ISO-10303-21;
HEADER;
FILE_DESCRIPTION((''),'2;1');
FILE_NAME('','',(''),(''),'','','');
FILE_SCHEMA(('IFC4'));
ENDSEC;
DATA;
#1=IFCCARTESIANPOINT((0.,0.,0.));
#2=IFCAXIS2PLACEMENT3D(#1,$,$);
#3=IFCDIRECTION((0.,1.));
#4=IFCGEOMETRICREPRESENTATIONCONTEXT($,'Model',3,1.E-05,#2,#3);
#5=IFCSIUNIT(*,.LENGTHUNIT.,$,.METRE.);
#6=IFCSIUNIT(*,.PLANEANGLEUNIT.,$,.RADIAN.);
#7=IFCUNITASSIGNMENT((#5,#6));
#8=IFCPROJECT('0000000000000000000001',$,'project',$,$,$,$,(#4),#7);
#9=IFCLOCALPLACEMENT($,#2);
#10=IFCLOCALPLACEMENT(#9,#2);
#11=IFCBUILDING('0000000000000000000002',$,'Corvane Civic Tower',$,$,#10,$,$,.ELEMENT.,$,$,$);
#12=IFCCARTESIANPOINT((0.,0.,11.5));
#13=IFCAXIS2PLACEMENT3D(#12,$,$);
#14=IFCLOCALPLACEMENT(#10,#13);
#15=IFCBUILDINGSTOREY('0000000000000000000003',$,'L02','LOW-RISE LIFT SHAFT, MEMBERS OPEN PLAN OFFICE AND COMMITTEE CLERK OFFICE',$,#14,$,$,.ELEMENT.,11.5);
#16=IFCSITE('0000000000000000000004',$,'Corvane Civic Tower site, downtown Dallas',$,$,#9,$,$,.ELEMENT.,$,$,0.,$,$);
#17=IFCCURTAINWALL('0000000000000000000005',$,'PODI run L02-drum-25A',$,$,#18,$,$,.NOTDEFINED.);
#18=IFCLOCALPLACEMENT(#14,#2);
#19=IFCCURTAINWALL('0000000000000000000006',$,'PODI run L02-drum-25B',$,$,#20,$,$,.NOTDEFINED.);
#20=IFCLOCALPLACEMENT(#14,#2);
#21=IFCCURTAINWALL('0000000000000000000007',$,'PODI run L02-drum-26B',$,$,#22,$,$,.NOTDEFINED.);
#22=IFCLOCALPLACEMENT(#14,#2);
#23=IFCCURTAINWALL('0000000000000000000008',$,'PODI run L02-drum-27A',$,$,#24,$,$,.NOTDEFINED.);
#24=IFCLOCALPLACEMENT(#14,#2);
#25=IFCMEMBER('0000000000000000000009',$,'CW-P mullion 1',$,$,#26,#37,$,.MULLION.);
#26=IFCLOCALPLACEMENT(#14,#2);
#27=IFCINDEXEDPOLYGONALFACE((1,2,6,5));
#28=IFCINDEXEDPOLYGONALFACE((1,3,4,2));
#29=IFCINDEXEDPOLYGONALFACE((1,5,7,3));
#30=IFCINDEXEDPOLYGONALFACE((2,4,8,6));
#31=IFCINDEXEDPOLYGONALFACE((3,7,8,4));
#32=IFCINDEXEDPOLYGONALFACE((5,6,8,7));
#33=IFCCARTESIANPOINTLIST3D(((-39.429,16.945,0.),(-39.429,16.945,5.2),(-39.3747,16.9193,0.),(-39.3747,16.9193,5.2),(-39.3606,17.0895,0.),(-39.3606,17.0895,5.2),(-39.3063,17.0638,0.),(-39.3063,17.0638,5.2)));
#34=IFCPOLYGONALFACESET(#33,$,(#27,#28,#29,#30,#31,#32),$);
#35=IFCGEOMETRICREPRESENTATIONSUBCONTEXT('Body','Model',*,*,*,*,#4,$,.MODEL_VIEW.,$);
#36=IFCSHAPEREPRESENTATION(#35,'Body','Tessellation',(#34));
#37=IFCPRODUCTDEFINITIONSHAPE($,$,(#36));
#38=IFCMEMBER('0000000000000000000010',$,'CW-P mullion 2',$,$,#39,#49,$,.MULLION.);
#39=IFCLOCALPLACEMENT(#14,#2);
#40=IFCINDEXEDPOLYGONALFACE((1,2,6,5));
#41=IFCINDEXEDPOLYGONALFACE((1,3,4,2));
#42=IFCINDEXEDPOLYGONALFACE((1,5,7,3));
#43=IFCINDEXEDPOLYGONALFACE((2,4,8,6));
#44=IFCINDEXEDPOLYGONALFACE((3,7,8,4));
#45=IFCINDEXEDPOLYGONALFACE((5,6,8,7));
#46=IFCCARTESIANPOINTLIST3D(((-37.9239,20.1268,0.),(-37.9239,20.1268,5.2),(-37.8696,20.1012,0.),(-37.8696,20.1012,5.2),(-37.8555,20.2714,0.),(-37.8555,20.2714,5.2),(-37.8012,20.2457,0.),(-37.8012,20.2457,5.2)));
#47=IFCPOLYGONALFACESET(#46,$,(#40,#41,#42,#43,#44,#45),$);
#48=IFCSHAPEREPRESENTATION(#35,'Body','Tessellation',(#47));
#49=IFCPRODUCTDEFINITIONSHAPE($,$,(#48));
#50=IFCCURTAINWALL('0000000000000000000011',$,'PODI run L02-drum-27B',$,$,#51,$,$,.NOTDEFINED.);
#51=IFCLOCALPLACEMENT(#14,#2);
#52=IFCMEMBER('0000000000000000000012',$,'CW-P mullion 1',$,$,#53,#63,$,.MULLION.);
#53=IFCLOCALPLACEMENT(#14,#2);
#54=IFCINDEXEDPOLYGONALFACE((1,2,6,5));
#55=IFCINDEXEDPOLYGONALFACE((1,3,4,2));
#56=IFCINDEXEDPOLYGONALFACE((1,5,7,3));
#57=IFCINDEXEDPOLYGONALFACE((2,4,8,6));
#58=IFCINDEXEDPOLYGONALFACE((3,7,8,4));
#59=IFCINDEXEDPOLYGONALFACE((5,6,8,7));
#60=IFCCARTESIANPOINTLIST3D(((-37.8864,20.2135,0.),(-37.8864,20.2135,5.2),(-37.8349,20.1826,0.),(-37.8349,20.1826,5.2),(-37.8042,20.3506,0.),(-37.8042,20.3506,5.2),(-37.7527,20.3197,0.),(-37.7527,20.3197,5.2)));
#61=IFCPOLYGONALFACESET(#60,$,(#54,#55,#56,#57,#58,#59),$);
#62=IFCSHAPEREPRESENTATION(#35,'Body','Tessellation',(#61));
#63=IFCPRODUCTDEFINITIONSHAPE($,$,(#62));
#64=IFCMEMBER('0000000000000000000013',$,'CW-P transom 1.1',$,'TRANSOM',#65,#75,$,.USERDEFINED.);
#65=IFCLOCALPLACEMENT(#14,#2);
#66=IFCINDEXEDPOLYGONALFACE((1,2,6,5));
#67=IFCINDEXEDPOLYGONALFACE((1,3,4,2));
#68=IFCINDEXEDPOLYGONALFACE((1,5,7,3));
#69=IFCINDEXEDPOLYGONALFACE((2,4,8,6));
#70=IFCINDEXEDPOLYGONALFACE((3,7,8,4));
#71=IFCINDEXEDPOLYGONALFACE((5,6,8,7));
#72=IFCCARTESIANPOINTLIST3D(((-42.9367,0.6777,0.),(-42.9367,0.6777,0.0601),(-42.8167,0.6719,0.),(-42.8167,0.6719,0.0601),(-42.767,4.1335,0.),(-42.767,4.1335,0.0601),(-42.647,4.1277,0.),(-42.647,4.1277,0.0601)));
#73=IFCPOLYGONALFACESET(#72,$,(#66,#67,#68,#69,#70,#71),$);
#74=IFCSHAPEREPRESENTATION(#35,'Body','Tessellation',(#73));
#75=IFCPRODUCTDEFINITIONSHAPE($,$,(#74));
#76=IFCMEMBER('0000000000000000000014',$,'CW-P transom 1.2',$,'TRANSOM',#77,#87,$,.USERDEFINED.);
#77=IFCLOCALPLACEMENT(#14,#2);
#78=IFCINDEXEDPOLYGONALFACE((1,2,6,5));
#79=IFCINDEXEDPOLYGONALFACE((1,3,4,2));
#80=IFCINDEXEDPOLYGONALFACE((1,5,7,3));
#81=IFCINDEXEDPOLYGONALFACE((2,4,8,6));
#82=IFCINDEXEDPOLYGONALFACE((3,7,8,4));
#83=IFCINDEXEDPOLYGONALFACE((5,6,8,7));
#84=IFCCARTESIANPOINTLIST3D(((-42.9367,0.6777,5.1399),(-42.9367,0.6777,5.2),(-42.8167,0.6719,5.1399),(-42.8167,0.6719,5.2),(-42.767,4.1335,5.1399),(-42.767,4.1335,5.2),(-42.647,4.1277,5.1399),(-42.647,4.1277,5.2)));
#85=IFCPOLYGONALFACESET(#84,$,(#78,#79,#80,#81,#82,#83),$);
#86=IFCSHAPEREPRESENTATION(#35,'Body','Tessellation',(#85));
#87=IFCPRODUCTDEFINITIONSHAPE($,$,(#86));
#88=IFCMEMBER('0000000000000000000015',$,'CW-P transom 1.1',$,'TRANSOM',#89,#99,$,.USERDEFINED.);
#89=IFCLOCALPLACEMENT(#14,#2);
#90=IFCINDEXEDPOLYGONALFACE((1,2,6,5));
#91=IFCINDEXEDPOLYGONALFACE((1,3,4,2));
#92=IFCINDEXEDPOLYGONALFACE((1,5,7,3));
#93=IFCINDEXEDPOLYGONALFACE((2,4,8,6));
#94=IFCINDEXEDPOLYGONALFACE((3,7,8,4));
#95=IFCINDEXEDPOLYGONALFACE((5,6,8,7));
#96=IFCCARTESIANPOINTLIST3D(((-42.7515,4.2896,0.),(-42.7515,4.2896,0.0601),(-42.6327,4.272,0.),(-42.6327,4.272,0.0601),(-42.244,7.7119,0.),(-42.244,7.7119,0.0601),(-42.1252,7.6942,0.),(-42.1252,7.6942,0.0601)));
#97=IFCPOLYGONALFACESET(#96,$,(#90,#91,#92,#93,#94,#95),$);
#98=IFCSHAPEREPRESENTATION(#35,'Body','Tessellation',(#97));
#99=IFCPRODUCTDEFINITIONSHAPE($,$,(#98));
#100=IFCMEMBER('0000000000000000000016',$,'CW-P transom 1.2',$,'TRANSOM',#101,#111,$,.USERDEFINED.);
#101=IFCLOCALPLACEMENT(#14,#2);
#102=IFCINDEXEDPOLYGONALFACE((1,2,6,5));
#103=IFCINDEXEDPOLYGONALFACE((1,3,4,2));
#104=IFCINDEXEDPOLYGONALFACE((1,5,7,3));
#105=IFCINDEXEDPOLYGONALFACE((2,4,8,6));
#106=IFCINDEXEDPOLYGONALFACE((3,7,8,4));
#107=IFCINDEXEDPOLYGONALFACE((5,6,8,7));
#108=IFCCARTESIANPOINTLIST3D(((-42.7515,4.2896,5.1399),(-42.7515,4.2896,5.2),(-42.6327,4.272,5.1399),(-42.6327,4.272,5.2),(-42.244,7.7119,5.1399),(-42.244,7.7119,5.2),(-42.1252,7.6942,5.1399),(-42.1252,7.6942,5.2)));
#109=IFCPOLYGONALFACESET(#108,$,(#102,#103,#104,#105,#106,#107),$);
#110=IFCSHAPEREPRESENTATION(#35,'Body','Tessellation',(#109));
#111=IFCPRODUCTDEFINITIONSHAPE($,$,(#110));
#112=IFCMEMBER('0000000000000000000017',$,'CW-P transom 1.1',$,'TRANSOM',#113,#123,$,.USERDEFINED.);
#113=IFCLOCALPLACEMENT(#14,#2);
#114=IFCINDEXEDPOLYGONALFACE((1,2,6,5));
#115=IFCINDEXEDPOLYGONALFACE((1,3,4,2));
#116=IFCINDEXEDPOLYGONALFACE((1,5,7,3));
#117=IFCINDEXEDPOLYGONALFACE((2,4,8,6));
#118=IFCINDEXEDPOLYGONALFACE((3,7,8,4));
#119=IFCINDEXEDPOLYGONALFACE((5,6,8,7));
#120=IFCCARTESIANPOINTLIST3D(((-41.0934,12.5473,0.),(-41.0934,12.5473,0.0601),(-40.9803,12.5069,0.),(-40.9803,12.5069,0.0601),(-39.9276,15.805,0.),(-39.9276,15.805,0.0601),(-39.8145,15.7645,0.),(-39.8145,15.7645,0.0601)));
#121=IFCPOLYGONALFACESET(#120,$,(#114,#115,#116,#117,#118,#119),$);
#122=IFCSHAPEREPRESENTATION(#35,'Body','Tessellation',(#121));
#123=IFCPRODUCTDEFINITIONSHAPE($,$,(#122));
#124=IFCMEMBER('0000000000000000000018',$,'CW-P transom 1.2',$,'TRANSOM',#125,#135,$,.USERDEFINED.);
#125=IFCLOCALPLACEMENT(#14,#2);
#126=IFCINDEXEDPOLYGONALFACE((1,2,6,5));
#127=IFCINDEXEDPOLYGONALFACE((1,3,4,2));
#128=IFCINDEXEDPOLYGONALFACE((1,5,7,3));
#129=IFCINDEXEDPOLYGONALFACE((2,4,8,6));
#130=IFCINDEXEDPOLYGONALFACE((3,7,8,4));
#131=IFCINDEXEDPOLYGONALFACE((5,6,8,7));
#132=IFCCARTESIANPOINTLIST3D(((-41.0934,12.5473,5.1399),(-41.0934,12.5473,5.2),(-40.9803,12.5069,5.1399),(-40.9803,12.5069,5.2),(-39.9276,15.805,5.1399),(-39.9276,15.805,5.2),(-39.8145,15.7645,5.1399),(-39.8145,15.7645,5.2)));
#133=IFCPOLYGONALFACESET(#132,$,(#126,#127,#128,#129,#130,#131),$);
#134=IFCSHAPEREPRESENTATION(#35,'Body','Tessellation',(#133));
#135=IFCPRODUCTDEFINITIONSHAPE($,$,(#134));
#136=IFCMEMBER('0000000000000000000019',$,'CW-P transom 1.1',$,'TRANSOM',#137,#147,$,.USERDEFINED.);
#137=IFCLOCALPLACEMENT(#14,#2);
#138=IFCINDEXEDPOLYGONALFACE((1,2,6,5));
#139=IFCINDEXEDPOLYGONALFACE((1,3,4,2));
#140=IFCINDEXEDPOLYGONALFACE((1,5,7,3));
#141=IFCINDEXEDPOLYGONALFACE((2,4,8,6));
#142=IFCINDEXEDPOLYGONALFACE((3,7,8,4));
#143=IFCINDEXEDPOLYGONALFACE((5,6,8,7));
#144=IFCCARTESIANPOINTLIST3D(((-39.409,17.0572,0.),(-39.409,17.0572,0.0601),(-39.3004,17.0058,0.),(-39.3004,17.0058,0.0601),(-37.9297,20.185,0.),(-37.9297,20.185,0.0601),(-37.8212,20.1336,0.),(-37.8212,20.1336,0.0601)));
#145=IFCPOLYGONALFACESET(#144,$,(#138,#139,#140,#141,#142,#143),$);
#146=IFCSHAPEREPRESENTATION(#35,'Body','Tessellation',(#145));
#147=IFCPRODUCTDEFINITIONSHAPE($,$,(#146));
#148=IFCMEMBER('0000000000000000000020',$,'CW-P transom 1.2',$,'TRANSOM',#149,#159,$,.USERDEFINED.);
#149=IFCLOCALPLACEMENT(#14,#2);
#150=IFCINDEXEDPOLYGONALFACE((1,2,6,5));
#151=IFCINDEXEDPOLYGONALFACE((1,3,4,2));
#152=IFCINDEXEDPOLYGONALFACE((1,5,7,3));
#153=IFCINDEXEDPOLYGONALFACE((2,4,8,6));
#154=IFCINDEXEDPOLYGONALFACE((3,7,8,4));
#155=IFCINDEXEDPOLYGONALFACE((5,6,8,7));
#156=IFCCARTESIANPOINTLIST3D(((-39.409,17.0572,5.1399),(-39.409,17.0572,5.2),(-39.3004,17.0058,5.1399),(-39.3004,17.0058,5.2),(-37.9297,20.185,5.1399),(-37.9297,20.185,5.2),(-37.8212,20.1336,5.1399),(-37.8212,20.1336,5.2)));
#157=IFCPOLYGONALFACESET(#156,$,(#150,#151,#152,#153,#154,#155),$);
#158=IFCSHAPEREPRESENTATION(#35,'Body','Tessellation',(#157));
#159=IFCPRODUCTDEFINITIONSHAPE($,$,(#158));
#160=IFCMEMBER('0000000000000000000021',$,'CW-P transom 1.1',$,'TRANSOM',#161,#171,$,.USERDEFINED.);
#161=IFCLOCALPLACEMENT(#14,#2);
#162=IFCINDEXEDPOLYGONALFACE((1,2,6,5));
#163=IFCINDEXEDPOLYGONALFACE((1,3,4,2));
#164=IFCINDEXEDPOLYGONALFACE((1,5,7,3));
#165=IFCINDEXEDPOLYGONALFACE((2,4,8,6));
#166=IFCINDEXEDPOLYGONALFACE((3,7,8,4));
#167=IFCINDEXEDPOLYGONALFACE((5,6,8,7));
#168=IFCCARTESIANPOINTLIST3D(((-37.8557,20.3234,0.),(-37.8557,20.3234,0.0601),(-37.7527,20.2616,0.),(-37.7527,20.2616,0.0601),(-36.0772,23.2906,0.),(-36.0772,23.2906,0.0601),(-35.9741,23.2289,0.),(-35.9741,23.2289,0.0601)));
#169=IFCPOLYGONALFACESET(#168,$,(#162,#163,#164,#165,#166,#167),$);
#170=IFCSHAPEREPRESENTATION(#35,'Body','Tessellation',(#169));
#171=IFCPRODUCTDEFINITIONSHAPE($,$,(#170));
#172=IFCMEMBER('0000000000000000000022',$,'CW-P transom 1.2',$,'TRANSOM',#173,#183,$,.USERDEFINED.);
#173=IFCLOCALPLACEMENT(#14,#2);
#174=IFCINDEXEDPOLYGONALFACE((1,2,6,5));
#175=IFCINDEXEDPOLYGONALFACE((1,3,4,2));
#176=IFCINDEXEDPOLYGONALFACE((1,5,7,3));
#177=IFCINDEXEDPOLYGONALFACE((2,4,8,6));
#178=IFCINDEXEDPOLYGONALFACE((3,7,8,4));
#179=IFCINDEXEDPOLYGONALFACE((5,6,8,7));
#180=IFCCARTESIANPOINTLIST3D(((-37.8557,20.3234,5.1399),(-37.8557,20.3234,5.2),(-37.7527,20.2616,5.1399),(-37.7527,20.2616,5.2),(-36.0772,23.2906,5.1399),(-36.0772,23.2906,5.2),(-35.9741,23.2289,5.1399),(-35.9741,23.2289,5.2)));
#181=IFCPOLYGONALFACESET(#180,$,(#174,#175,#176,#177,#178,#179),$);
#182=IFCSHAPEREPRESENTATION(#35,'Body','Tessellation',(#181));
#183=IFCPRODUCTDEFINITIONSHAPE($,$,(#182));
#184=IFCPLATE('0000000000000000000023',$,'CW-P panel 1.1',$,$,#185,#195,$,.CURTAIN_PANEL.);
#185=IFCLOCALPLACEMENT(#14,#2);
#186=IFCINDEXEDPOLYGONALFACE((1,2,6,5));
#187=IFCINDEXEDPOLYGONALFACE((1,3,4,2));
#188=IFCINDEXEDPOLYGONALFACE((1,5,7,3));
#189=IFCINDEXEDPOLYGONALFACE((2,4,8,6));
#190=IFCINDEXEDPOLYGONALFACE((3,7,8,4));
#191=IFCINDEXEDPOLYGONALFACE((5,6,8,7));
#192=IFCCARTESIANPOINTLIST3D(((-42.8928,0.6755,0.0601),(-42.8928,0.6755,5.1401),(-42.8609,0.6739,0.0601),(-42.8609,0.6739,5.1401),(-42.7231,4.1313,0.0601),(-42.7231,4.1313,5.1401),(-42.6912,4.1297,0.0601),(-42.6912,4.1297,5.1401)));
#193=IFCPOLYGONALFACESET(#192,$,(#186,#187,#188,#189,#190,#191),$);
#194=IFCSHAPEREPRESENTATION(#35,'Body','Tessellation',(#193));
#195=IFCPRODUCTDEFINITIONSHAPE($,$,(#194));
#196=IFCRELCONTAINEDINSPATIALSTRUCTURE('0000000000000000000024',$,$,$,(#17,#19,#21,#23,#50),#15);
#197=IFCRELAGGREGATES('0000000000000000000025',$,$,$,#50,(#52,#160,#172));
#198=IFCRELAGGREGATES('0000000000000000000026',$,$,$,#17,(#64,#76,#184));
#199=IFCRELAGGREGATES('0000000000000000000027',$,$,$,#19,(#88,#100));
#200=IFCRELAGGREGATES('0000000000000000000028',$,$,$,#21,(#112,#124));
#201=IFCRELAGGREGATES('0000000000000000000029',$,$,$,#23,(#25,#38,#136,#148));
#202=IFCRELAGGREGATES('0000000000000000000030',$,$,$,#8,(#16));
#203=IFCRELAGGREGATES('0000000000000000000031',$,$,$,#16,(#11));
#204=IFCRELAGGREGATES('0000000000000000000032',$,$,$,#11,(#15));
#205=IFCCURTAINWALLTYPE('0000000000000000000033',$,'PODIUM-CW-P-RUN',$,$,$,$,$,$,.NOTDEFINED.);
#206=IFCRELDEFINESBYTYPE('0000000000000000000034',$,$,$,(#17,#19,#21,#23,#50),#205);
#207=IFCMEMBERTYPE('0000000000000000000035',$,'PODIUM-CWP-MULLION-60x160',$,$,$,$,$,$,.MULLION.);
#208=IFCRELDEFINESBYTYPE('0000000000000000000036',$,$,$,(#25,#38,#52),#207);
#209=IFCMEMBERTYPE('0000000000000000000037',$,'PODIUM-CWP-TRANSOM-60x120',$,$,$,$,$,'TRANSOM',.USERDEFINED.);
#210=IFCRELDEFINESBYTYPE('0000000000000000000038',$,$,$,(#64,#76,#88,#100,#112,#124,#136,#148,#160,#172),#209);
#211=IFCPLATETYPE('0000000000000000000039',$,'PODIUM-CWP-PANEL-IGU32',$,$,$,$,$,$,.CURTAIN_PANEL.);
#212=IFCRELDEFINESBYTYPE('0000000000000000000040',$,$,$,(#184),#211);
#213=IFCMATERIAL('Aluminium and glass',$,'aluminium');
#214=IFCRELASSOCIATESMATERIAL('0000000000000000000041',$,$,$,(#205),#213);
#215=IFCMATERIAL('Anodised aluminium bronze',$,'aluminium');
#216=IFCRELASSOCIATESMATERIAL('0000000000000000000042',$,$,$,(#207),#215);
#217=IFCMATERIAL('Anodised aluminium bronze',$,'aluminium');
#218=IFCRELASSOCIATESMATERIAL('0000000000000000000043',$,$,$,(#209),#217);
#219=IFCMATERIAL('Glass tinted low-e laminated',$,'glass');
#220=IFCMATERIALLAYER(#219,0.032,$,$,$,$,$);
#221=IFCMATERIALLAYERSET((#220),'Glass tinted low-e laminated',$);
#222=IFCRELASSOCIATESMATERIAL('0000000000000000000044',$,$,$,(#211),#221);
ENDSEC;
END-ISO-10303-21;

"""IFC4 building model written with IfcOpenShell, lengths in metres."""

from ifc_helpers import new_model, si_unit, direction, frame, origin, origin_2d, place, context, subcontext, project, spatial, rectangle, extrude, material, layer, layer_set, material_profile, profile_set, type_object, element, aggregate, save


model = new_model("IFC4")

# Units and contexts
model_context = context("Model", 3, precision=1e-05, world=origin(), true_north=direction((0.0, 1.0)))
body_context = subcontext(model_context, "Body", "Model", "MODEL_VIEW")
ifc_project = project(units=[si_unit("LENGTHUNIT", "METRE"), si_unit("PLANEANGLEUNIT", "RADIAN")], contexts=[model_context])

# Site, building, storey
site_placement = place(None, origin())
site = spatial("IfcSite", under=ifc_project, at=site_placement, Name="Corvane Civic Tower site, downtown Dallas", CompositionType="ELEMENT", RefElevation=0.0)
building_placement = place(site_placement, origin())
building = spatial("IfcBuilding", under=site, at=building_placement, Name="Corvane Civic Tower", CompositionType="ELEMENT")
storey_placement = place(building_placement, frame((0.0, 0.0, 11.5)))
storey = spatial("IfcBuildingStorey", under=building, at=storey_placement, Name="L02", Description="LOW-RISE LIFT SHAFT, MEMBERS OPEN PLAN OFFICE AND COMMITTEE CLERK OFFICE", CompositionType="ELEMENT", Elevation=11.5)

# Curtain walls, members
ifc_material_1 = material(Name="Aluminium and glass", Category="aluminium")
curtain_wall_type = type_object("IfcCurtainWallType", Name="PODIUM-CW-P-RUN", PredefinedType="NOTDEFINED", material=ifc_material_1)
curtain_wall_1_placement = place(storey_placement, origin())
curtain_wall_1 = element("IfcCurtainWall", 1, at=curtain_wall_1_placement, inside=storey, type_object=curtain_wall_type, Name="PODI run L02-drum-25A", PredefinedType="NOTDEFINED")
ifc_material_2 = material(Name="Anodised aluminium bronze", Category="aluminium")
ifc_material_profile_1 = material_profile(ifc_material_2, rectangle(XDim=0.0601, YDim=0.1599, at=origin_2d()), Name="AL 60x160")
ifc_profile_set_1 = profile_set([ifc_material_profile_1], Name="Anodised aluminium bronze")
member_type_1 = type_object("IfcMemberType", Name="PODIUM-CWP-MULLION-60x160", PredefinedType="MULLION", material=ifc_profile_set_1)
curtain_wall_2_placement = place(storey_placement, origin())
curtain_wall_2 = element("IfcCurtainWall", 2, at=curtain_wall_2_placement, inside=storey, type_object=curtain_wall_type, Name="PODI run L02-drum-25B", PredefinedType="NOTDEFINED")
curtain_wall_3_placement = place(storey_placement, origin())
curtain_wall_3 = element("IfcCurtainWall", 3, at=curtain_wall_3_placement, inside=storey, type_object=curtain_wall_type, Name="PODI run L02-drum-26B", PredefinedType="NOTDEFINED")
curtain_wall_4_placement = place(storey_placement, origin())
curtain_wall_4 = element("IfcCurtainWall", 4, at=curtain_wall_4_placement, inside=storey, type_object=curtain_wall_type, Name="PODI run L02-drum-27A", PredefinedType="NOTDEFINED")
member_1_placement = place(storey_placement, frame((-39.3677, 17.0044, 0.0), z_axis=(0.0, 0.0, 1.0), x_axis=(-0.90399, 0.427553, 0.0)))
member_1 = element("IfcMember", 5, at=member_1_placement, type_object=member_type_1, Name="CW-P mullion 1", PredefinedType="MULLION", context=body_context, shape_type="SweptSolid", body=[
    extrude(rectangle(XDim=0.0601, YDim=0.1599, at=origin_2d()), origin(), (0.0, 0.0, 1.0), 5.2),
])
member_2_placement = place(storey_placement, frame((-37.8625, 20.1863, 0.0), z_axis=(0.0, 0.0, 1.0), x_axis=(-0.90399, 0.427553, 0.0)))
member_2 = element("IfcMember", 6, at=member_2_placement, type_object=member_type_1, Name="CW-P mullion 2", PredefinedType="MULLION", context=body_context, shape_type="SweptSolid", body=[
    extrude(rectangle(XDim=0.0601, YDim=0.1599, at=origin_2d()), origin(), (0.0, 0.0, 1.0), 5.2),
])

# Curtain wall, member
curtain_wall_5_placement = place(storey_placement, origin())
curtain_wall_5 = element("IfcCurtainWall", 7, at=curtain_wall_5_placement, inside=storey, type_object=curtain_wall_type, Name="PODI run L02-drum-27B", PredefinedType="NOTDEFINED")
member_3_placement = place(storey_placement, frame((-37.8196, 20.2666, 0.0), z_axis=(0.0, 0.0, 1.0), x_axis=(-0.85772, 0.514118, 0.0)))
member_3 = element("IfcMember", 8, at=member_3_placement, type_object=member_type_1, Name="CW-P mullion 1", PredefinedType="MULLION", context=body_context, shape_type="SweptSolid", body=[
    extrude(rectangle(XDim=0.0601, YDim=0.1599, at=origin_2d()), origin(), (0.0, 0.0, 1.0), 5.2),
])

# Members
ifc_material_3 = material(Name="Anodised aluminium bronze", Category="aluminium")
ifc_material_profile_2 = material_profile(ifc_material_3, rectangle(XDim=0.1201, YDim=0.0601, at=origin_2d()), Name="AL 120x60")
ifc_profile_set_2 = profile_set([ifc_material_profile_2], Name="Anodised aluminium bronze")
member_type_2 = type_object("IfcMemberType", Name="PODIUM-CWP-TRANSOM-60x120", ElementType="TRANSOM", PredefinedType="USERDEFINED", material=ifc_profile_set_2)
member_4_placement = place(storey_placement, frame((-42.8767, 0.6748, 0.03), z_axis=(0.04904, 0.998797, 0.0), x_axis=(-0.998797, 0.04904, 0.0)))
member_4 = element("IfcMember", 9, at=member_4_placement, type_object=member_type_2, Name="CW-P transom 1.1", ObjectType="TRANSOM", PredefinedType="USERDEFINED", context=body_context, shape_type="SweptSolid", body=[
    extrude(rectangle(XDim=0.1201, YDim=0.0601, at=origin_2d()), origin(), (0.0, 0.0, 1.0), 3.46),
])
member_5_placement = place(storey_placement, frame((-42.8767, 0.6748, 5.1699), z_axis=(0.04904, 0.998797, 0.0), x_axis=(-0.998797, 0.04904, 0.0)))
member_5 = element("IfcMember", 10, at=member_5_placement, type_object=member_type_2, Name="CW-P transom 1.2", ObjectType="TRANSOM", PredefinedType="USERDEFINED", context=body_context, shape_type="SweptSolid", body=[
    extrude(rectangle(XDim=0.1201, YDim=0.0601, at=origin_2d()), origin(), (0.0, 0.0, 1.0), 3.46),
])
member_6_placement = place(storey_placement, frame((-42.6921, 4.2808, 0.03), z_axis=(0.146705, 0.98918, 0.0), x_axis=(-0.98918, 0.146705, 0.0)))
member_6 = element("IfcMember", 11, at=member_6_placement, type_object=member_type_2, Name="CW-P transom 1.1", ObjectType="TRANSOM", PredefinedType="USERDEFINED", context=body_context, shape_type="SweptSolid", body=[
    extrude(rectangle(XDim=0.1201, YDim=0.0601, at=origin_2d()), origin(), (0.0, 0.0, 1.0), 3.4597),
])
member_7_placement = place(storey_placement, frame((-42.6921, 4.2808, 5.1699), z_axis=(0.146705, 0.98918, 0.0), x_axis=(-0.98918, 0.146705, 0.0)))
member_7 = element("IfcMember", 12, at=member_7_placement, type_object=member_type_2, Name="CW-P transom 1.2", ObjectType="TRANSOM", PredefinedType="USERDEFINED", context=body_context, shape_type="SweptSolid", body=[
    extrude(rectangle(XDim=0.1201, YDim=0.0601, at=origin_2d()), origin(), (0.0, 0.0, 1.0), 3.4597),
])
member_8_placement = place(storey_placement, frame((-41.0369, 12.5271, 0.03), z_axis=(0.33694, 0.941526, 0.0), x_axis=(-0.941526, 0.33694, 0.0)))
member_8 = element("IfcMember", 13, at=member_8_placement, type_object=member_type_2, Name="CW-P transom 1.1", ObjectType="TRANSOM", PredefinedType="USERDEFINED", context=body_context, shape_type="SweptSolid", body=[
    extrude(rectangle(XDim=0.1201, YDim=0.0601, at=origin_2d()), origin(), (0.0, 0.0, 1.0), 3.46),
])
member_9_placement = place(storey_placement, frame((-41.0369, 12.5271, 5.1699), z_axis=(0.33694, 0.941526, 0.0), x_axis=(-0.941526, 0.33694, 0.0)))
member_9 = element("IfcMember", 14, at=member_9_placement, type_object=member_type_2, Name="CW-P transom 1.2", ObjectType="TRANSOM", PredefinedType="USERDEFINED", context=body_context, shape_type="SweptSolid", body=[
    extrude(rectangle(XDim=0.1201, YDim=0.0601, at=origin_2d()), origin(), (0.0, 0.0, 1.0), 3.46),
])
member_10_placement = place(storey_placement, frame((-39.3547, 17.0315, 0.03), z_axis=(0.427546, 0.903993, 0.0), x_axis=(-0.903993, 0.427546, 0.0)))
member_10 = element("IfcMember", 15, at=member_10_placement, type_object=member_type_2, Name="CW-P transom 1.1", ObjectType="TRANSOM", PredefinedType="USERDEFINED", context=body_context, shape_type="SweptSolid", body=[
    extrude(rectangle(XDim=0.1201, YDim=0.0601, at=origin_2d()), origin(), (0.0, 0.0, 1.0), 3.46),
])
member_11_placement = place(storey_placement, frame((-39.3547, 17.0315, 5.1699), z_axis=(0.427546, 0.903993, 0.0), x_axis=(-0.903993, 0.427546, 0.0)))
member_11 = element("IfcMember", 16, at=member_11_placement, type_object=member_type_2, Name="CW-P transom 1.2", ObjectType="TRANSOM", PredefinedType="USERDEFINED", context=body_context, shape_type="SweptSolid", body=[
    extrude(rectangle(XDim=0.1201, YDim=0.0601, at=origin_2d()), origin(), (0.0, 0.0, 1.0), 3.46),
])
member_12_placement = place(storey_placement, frame((-37.8042, 20.2925, 0.03), z_axis=(0.514112, 0.857723, 0.0), x_axis=(-0.857723, 0.514112, 0.0)))
member_12 = element("IfcMember", 17, at=member_12_placement, type_object=member_type_2, Name="CW-P transom 1.1", ObjectType="TRANSOM", PredefinedType="USERDEFINED", context=body_context, shape_type="SweptSolid", body=[
    extrude(rectangle(XDim=0.1201, YDim=0.0601, at=origin_2d()), origin(), (0.0, 0.0, 1.0), 3.4595),
])
member_13_placement = place(storey_placement, frame((-37.8042, 20.2925, 5.1699), z_axis=(0.514112, 0.857723, 0.0), x_axis=(-0.857723, 0.514112, 0.0)))
member_13 = element("IfcMember", 18, at=member_13_placement, type_object=member_type_2, Name="CW-P transom 1.2", ObjectType="TRANSOM", PredefinedType="USERDEFINED", context=body_context, shape_type="SweptSolid", body=[
    extrude(rectangle(XDim=0.1201, YDim=0.0601, at=origin_2d()), origin(), (0.0, 0.0, 1.0), 3.4595),
])
aggregate(curtain_wall_5, [member_3, member_12, member_13])

# Plate
ifc_material_4 = material(Name="Glass tinted low-e laminated", Category="glass")
ifc_layer_1 = layer(ifc_material_4, 0.032)
ifc_layer_set_1 = layer_set([ifc_layer_1], Name="Glass tinted low-e laminated")
plate_type = type_object("IfcPlateType", Name="PODIUM-CWP-PANEL-IGU32", PredefinedType="CURTAIN_PANEL", material=ifc_layer_set_1)
plate_1_placement = place(storey_placement, frame((-42.792, 2.4026, 0.0601), z_axis=(0.0, 0.0, 1.0), x_axis=(0.04905, 0.998796, 0.0)))
plate_1 = element("IfcPlate", 19, at=plate_1_placement, type_object=plate_type, Name="CW-P panel 1.1", PredefinedType="CURTAIN_PANEL", context=body_context, shape_type="SweptSolid", body=[
    extrude(rectangle(XDim=3.46, YDim=0.032, at=origin_2d()), origin(), (0.0, 0.0, 1.0), 5.0801),
])
aggregate(curtain_wall_1, [member_4, member_5, plate_1])
aggregate(curtain_wall_2, [member_6, member_7])
aggregate(curtain_wall_3, [member_8, member_9])
aggregate(curtain_wall_4, [member_1, member_2, member_10, member_11])

save(model, "model.ifc")
